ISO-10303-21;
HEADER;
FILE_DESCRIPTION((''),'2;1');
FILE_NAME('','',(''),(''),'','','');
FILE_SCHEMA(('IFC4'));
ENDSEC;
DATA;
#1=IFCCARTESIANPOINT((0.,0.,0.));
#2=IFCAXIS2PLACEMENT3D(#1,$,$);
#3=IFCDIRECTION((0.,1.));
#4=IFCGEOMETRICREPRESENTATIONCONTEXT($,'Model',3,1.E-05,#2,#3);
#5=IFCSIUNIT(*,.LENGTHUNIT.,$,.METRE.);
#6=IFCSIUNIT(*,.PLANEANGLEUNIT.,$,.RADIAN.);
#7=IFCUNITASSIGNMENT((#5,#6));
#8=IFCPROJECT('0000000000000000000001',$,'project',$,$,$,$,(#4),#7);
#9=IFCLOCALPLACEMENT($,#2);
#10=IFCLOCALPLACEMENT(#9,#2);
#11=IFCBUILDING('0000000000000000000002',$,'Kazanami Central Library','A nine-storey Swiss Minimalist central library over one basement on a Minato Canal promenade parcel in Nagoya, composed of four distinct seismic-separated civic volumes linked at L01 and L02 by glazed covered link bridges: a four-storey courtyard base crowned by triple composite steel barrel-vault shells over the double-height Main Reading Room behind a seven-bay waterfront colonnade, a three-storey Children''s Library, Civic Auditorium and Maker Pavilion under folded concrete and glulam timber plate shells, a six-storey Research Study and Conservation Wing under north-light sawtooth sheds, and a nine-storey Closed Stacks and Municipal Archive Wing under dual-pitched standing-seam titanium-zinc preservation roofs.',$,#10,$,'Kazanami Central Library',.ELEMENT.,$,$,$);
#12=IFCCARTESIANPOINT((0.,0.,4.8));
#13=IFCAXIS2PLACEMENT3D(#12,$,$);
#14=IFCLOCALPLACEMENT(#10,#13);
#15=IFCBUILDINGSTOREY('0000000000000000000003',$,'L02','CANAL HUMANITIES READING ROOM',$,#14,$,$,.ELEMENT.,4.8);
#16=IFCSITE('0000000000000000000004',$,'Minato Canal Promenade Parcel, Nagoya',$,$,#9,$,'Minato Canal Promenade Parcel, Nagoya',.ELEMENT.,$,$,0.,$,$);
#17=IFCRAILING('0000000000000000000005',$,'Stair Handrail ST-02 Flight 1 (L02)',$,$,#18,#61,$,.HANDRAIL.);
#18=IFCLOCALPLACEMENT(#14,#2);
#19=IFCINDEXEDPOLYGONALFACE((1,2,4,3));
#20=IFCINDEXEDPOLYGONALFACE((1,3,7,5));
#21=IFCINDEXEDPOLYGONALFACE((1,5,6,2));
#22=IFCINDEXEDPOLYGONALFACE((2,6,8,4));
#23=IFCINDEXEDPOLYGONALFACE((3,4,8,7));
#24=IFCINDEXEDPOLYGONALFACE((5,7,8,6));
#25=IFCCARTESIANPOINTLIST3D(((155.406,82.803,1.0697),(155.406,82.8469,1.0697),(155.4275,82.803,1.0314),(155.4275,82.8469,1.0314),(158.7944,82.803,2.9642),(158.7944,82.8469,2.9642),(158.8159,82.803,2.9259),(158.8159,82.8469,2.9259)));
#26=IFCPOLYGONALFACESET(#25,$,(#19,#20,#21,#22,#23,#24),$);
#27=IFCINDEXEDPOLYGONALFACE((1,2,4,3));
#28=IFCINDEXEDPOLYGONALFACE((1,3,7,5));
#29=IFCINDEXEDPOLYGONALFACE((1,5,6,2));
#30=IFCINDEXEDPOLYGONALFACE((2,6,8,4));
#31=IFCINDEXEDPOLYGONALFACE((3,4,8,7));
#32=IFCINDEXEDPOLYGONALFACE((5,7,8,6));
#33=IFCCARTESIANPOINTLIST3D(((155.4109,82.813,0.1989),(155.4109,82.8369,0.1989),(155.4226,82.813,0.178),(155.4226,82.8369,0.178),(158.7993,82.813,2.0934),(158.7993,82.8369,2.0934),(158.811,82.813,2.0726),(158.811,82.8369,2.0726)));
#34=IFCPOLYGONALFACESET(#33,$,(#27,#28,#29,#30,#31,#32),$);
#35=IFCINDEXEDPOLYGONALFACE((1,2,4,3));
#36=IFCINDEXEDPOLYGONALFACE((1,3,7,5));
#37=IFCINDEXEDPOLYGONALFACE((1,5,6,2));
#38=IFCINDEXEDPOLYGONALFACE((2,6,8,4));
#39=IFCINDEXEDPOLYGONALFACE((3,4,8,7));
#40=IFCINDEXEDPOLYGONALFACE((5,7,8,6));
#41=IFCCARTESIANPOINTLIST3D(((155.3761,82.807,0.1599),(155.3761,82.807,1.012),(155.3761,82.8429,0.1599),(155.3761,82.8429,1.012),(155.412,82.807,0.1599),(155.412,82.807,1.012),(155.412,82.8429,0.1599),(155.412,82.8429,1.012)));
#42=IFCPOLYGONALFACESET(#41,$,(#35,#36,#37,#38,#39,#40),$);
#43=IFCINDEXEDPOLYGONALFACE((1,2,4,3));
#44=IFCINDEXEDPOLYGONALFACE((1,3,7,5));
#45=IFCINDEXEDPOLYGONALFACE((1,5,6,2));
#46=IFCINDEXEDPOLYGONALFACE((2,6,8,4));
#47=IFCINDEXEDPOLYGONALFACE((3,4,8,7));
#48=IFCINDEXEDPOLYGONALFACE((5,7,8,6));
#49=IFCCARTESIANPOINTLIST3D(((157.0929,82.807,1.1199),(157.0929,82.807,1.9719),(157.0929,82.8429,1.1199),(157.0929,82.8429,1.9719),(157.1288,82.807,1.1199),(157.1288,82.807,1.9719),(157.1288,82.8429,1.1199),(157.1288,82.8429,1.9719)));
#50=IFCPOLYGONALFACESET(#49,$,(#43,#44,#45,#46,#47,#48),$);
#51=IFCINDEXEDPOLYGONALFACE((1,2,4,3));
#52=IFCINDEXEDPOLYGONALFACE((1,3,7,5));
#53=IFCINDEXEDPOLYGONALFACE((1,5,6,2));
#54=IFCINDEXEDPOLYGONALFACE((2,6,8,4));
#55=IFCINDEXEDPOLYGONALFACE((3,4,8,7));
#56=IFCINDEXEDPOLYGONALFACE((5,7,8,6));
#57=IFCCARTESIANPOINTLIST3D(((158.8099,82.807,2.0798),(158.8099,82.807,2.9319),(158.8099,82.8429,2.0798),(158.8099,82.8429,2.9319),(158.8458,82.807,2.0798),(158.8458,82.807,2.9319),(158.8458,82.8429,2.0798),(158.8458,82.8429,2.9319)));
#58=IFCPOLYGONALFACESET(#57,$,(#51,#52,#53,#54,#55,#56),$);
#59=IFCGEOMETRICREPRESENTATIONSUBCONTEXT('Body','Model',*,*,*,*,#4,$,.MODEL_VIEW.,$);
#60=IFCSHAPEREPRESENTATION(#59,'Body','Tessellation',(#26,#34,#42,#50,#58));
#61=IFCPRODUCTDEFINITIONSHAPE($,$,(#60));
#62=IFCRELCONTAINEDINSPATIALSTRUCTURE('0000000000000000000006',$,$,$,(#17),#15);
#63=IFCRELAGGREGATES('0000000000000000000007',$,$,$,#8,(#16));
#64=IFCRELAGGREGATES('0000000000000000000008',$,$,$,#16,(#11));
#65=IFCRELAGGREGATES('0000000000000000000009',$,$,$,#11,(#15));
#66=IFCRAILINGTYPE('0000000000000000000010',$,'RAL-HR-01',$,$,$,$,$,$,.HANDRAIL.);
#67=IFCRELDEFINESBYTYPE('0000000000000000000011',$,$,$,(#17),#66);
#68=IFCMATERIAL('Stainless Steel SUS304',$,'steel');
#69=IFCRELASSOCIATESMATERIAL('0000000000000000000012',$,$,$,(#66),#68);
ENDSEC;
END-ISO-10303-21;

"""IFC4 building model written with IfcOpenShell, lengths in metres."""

from ifc_helpers import new_model, si_unit, direction, frame, origin, origin_2d, place, context, subcontext, project, spatial, rectangle, extrude, material, type_object, element, save


model = new_model("IFC4")

# Units and contexts
model_context = context("Model", 3, precision=1e-05, world=origin(), true_north=direction((0.0, 1.0)))
body_context = subcontext(model_context, "Body", "Model", "MODEL_VIEW")
ifc_project = project(units=[si_unit("LENGTHUNIT", "METRE"), si_unit("PLANEANGLEUNIT", "RADIAN")], contexts=[model_context])

# Site, building, storey
site_placement = place(None, origin())
site = spatial("IfcSite", under=ifc_project, at=site_placement, Name="Minato Canal Promenade Parcel, Nagoya", LongName="Minato Canal Promenade Parcel, Nagoya", CompositionType="ELEMENT", RefElevation=0.0)
building_placement = place(site_placement, origin())
building = spatial("IfcBuilding", under=site, at=building_placement, Name="Kazanami Central Library", Description="A nine-storey Swiss Minimalist central library over one basement on a Minato Canal promenade parcel in Nagoya, composed of four distinct seismic-separated civic volumes linked at L01 and L02 by glazed covered link bridges: a four-storey courtyard base crowned by triple composite steel barrel-vault shells over the double-height Main Reading Room behind a seven-bay waterfront colonnade, a three-storey Children's Library, Civic Auditorium and Maker Pavilion under folded concrete and glulam timber plate shells, a six-storey Research Study and Conservation Wing under north-light sawtooth sheds, and a nine-storey Closed Stacks and Municipal Archive Wing under dual-pitched standing-seam titanium-zinc preservation roofs.", LongName="Kazanami Central Library", CompositionType="ELEMENT")
storey_placement = place(building_placement, frame((0.0, 0.0, 4.8)))
storey = spatial("IfcBuildingStorey", under=building, at=storey_placement, Name="L02", Description="CANAL HUMANITIES READING ROOM", CompositionType="ELEMENT", Elevation=4.8)

# Railing
ifc_material_1 = material(Name="Stainless Steel SUS304", Category="steel")
railing_type = type_object("IfcRailingType", Name="RAL-HR-01", PredefinedType="HANDRAIL", material=ifc_material_1)
railing_placement = place(storey_placement, frame((155.394, 82.825, 0.1599)))
element("IfcRailing", 1, at=railing_placement, inside=storey, type_object=railing_type, Name="Stair Handrail ST-02 Flight 1 (L02)", PredefinedType="HANDRAIL", context=body_context, shape_type="SweptSolid", body=[
    extrude(rectangle(XDim=0.0439, YDim=0.0439, at=origin_2d()), frame((0.0227, 0.0, 0.8906), z_axis=(0.872834, 0.0, 0.488017), x_axis=(0.0, 1.0, 0.0)), (0.0, 0.0, 1.0), 3.8821),
    extrude(rectangle(XDim=0.0239, YDim=0.0239, at=origin_2d()), frame((0.0227, 0.0, 0.0286), z_axis=(0.872834, 0.0, 0.488017), x_axis=(0.0, 1.0, 0.0)), (0.0, 0.0, 1.0), 3.8821),
    extrude(rectangle(XDim=0.0359, YDim=0.0359, at=origin_2d()), origin(), (0.0, 0.0, 1.0), 0.8521),
    extrude(rectangle(XDim=0.0359, YDim=0.0359, at=origin_2d()), frame((1.7168, 0.0, 0.96)), (0.0, 0.0, 1.0), 0.8521),
    extrude(rectangle(XDim=0.0359, YDim=0.0359, at=origin_2d()), frame((3.4338, 0.0, 1.9199)), (0.0, 0.0, 1.0), 0.8521),
])

save(model, "model.ifc")
